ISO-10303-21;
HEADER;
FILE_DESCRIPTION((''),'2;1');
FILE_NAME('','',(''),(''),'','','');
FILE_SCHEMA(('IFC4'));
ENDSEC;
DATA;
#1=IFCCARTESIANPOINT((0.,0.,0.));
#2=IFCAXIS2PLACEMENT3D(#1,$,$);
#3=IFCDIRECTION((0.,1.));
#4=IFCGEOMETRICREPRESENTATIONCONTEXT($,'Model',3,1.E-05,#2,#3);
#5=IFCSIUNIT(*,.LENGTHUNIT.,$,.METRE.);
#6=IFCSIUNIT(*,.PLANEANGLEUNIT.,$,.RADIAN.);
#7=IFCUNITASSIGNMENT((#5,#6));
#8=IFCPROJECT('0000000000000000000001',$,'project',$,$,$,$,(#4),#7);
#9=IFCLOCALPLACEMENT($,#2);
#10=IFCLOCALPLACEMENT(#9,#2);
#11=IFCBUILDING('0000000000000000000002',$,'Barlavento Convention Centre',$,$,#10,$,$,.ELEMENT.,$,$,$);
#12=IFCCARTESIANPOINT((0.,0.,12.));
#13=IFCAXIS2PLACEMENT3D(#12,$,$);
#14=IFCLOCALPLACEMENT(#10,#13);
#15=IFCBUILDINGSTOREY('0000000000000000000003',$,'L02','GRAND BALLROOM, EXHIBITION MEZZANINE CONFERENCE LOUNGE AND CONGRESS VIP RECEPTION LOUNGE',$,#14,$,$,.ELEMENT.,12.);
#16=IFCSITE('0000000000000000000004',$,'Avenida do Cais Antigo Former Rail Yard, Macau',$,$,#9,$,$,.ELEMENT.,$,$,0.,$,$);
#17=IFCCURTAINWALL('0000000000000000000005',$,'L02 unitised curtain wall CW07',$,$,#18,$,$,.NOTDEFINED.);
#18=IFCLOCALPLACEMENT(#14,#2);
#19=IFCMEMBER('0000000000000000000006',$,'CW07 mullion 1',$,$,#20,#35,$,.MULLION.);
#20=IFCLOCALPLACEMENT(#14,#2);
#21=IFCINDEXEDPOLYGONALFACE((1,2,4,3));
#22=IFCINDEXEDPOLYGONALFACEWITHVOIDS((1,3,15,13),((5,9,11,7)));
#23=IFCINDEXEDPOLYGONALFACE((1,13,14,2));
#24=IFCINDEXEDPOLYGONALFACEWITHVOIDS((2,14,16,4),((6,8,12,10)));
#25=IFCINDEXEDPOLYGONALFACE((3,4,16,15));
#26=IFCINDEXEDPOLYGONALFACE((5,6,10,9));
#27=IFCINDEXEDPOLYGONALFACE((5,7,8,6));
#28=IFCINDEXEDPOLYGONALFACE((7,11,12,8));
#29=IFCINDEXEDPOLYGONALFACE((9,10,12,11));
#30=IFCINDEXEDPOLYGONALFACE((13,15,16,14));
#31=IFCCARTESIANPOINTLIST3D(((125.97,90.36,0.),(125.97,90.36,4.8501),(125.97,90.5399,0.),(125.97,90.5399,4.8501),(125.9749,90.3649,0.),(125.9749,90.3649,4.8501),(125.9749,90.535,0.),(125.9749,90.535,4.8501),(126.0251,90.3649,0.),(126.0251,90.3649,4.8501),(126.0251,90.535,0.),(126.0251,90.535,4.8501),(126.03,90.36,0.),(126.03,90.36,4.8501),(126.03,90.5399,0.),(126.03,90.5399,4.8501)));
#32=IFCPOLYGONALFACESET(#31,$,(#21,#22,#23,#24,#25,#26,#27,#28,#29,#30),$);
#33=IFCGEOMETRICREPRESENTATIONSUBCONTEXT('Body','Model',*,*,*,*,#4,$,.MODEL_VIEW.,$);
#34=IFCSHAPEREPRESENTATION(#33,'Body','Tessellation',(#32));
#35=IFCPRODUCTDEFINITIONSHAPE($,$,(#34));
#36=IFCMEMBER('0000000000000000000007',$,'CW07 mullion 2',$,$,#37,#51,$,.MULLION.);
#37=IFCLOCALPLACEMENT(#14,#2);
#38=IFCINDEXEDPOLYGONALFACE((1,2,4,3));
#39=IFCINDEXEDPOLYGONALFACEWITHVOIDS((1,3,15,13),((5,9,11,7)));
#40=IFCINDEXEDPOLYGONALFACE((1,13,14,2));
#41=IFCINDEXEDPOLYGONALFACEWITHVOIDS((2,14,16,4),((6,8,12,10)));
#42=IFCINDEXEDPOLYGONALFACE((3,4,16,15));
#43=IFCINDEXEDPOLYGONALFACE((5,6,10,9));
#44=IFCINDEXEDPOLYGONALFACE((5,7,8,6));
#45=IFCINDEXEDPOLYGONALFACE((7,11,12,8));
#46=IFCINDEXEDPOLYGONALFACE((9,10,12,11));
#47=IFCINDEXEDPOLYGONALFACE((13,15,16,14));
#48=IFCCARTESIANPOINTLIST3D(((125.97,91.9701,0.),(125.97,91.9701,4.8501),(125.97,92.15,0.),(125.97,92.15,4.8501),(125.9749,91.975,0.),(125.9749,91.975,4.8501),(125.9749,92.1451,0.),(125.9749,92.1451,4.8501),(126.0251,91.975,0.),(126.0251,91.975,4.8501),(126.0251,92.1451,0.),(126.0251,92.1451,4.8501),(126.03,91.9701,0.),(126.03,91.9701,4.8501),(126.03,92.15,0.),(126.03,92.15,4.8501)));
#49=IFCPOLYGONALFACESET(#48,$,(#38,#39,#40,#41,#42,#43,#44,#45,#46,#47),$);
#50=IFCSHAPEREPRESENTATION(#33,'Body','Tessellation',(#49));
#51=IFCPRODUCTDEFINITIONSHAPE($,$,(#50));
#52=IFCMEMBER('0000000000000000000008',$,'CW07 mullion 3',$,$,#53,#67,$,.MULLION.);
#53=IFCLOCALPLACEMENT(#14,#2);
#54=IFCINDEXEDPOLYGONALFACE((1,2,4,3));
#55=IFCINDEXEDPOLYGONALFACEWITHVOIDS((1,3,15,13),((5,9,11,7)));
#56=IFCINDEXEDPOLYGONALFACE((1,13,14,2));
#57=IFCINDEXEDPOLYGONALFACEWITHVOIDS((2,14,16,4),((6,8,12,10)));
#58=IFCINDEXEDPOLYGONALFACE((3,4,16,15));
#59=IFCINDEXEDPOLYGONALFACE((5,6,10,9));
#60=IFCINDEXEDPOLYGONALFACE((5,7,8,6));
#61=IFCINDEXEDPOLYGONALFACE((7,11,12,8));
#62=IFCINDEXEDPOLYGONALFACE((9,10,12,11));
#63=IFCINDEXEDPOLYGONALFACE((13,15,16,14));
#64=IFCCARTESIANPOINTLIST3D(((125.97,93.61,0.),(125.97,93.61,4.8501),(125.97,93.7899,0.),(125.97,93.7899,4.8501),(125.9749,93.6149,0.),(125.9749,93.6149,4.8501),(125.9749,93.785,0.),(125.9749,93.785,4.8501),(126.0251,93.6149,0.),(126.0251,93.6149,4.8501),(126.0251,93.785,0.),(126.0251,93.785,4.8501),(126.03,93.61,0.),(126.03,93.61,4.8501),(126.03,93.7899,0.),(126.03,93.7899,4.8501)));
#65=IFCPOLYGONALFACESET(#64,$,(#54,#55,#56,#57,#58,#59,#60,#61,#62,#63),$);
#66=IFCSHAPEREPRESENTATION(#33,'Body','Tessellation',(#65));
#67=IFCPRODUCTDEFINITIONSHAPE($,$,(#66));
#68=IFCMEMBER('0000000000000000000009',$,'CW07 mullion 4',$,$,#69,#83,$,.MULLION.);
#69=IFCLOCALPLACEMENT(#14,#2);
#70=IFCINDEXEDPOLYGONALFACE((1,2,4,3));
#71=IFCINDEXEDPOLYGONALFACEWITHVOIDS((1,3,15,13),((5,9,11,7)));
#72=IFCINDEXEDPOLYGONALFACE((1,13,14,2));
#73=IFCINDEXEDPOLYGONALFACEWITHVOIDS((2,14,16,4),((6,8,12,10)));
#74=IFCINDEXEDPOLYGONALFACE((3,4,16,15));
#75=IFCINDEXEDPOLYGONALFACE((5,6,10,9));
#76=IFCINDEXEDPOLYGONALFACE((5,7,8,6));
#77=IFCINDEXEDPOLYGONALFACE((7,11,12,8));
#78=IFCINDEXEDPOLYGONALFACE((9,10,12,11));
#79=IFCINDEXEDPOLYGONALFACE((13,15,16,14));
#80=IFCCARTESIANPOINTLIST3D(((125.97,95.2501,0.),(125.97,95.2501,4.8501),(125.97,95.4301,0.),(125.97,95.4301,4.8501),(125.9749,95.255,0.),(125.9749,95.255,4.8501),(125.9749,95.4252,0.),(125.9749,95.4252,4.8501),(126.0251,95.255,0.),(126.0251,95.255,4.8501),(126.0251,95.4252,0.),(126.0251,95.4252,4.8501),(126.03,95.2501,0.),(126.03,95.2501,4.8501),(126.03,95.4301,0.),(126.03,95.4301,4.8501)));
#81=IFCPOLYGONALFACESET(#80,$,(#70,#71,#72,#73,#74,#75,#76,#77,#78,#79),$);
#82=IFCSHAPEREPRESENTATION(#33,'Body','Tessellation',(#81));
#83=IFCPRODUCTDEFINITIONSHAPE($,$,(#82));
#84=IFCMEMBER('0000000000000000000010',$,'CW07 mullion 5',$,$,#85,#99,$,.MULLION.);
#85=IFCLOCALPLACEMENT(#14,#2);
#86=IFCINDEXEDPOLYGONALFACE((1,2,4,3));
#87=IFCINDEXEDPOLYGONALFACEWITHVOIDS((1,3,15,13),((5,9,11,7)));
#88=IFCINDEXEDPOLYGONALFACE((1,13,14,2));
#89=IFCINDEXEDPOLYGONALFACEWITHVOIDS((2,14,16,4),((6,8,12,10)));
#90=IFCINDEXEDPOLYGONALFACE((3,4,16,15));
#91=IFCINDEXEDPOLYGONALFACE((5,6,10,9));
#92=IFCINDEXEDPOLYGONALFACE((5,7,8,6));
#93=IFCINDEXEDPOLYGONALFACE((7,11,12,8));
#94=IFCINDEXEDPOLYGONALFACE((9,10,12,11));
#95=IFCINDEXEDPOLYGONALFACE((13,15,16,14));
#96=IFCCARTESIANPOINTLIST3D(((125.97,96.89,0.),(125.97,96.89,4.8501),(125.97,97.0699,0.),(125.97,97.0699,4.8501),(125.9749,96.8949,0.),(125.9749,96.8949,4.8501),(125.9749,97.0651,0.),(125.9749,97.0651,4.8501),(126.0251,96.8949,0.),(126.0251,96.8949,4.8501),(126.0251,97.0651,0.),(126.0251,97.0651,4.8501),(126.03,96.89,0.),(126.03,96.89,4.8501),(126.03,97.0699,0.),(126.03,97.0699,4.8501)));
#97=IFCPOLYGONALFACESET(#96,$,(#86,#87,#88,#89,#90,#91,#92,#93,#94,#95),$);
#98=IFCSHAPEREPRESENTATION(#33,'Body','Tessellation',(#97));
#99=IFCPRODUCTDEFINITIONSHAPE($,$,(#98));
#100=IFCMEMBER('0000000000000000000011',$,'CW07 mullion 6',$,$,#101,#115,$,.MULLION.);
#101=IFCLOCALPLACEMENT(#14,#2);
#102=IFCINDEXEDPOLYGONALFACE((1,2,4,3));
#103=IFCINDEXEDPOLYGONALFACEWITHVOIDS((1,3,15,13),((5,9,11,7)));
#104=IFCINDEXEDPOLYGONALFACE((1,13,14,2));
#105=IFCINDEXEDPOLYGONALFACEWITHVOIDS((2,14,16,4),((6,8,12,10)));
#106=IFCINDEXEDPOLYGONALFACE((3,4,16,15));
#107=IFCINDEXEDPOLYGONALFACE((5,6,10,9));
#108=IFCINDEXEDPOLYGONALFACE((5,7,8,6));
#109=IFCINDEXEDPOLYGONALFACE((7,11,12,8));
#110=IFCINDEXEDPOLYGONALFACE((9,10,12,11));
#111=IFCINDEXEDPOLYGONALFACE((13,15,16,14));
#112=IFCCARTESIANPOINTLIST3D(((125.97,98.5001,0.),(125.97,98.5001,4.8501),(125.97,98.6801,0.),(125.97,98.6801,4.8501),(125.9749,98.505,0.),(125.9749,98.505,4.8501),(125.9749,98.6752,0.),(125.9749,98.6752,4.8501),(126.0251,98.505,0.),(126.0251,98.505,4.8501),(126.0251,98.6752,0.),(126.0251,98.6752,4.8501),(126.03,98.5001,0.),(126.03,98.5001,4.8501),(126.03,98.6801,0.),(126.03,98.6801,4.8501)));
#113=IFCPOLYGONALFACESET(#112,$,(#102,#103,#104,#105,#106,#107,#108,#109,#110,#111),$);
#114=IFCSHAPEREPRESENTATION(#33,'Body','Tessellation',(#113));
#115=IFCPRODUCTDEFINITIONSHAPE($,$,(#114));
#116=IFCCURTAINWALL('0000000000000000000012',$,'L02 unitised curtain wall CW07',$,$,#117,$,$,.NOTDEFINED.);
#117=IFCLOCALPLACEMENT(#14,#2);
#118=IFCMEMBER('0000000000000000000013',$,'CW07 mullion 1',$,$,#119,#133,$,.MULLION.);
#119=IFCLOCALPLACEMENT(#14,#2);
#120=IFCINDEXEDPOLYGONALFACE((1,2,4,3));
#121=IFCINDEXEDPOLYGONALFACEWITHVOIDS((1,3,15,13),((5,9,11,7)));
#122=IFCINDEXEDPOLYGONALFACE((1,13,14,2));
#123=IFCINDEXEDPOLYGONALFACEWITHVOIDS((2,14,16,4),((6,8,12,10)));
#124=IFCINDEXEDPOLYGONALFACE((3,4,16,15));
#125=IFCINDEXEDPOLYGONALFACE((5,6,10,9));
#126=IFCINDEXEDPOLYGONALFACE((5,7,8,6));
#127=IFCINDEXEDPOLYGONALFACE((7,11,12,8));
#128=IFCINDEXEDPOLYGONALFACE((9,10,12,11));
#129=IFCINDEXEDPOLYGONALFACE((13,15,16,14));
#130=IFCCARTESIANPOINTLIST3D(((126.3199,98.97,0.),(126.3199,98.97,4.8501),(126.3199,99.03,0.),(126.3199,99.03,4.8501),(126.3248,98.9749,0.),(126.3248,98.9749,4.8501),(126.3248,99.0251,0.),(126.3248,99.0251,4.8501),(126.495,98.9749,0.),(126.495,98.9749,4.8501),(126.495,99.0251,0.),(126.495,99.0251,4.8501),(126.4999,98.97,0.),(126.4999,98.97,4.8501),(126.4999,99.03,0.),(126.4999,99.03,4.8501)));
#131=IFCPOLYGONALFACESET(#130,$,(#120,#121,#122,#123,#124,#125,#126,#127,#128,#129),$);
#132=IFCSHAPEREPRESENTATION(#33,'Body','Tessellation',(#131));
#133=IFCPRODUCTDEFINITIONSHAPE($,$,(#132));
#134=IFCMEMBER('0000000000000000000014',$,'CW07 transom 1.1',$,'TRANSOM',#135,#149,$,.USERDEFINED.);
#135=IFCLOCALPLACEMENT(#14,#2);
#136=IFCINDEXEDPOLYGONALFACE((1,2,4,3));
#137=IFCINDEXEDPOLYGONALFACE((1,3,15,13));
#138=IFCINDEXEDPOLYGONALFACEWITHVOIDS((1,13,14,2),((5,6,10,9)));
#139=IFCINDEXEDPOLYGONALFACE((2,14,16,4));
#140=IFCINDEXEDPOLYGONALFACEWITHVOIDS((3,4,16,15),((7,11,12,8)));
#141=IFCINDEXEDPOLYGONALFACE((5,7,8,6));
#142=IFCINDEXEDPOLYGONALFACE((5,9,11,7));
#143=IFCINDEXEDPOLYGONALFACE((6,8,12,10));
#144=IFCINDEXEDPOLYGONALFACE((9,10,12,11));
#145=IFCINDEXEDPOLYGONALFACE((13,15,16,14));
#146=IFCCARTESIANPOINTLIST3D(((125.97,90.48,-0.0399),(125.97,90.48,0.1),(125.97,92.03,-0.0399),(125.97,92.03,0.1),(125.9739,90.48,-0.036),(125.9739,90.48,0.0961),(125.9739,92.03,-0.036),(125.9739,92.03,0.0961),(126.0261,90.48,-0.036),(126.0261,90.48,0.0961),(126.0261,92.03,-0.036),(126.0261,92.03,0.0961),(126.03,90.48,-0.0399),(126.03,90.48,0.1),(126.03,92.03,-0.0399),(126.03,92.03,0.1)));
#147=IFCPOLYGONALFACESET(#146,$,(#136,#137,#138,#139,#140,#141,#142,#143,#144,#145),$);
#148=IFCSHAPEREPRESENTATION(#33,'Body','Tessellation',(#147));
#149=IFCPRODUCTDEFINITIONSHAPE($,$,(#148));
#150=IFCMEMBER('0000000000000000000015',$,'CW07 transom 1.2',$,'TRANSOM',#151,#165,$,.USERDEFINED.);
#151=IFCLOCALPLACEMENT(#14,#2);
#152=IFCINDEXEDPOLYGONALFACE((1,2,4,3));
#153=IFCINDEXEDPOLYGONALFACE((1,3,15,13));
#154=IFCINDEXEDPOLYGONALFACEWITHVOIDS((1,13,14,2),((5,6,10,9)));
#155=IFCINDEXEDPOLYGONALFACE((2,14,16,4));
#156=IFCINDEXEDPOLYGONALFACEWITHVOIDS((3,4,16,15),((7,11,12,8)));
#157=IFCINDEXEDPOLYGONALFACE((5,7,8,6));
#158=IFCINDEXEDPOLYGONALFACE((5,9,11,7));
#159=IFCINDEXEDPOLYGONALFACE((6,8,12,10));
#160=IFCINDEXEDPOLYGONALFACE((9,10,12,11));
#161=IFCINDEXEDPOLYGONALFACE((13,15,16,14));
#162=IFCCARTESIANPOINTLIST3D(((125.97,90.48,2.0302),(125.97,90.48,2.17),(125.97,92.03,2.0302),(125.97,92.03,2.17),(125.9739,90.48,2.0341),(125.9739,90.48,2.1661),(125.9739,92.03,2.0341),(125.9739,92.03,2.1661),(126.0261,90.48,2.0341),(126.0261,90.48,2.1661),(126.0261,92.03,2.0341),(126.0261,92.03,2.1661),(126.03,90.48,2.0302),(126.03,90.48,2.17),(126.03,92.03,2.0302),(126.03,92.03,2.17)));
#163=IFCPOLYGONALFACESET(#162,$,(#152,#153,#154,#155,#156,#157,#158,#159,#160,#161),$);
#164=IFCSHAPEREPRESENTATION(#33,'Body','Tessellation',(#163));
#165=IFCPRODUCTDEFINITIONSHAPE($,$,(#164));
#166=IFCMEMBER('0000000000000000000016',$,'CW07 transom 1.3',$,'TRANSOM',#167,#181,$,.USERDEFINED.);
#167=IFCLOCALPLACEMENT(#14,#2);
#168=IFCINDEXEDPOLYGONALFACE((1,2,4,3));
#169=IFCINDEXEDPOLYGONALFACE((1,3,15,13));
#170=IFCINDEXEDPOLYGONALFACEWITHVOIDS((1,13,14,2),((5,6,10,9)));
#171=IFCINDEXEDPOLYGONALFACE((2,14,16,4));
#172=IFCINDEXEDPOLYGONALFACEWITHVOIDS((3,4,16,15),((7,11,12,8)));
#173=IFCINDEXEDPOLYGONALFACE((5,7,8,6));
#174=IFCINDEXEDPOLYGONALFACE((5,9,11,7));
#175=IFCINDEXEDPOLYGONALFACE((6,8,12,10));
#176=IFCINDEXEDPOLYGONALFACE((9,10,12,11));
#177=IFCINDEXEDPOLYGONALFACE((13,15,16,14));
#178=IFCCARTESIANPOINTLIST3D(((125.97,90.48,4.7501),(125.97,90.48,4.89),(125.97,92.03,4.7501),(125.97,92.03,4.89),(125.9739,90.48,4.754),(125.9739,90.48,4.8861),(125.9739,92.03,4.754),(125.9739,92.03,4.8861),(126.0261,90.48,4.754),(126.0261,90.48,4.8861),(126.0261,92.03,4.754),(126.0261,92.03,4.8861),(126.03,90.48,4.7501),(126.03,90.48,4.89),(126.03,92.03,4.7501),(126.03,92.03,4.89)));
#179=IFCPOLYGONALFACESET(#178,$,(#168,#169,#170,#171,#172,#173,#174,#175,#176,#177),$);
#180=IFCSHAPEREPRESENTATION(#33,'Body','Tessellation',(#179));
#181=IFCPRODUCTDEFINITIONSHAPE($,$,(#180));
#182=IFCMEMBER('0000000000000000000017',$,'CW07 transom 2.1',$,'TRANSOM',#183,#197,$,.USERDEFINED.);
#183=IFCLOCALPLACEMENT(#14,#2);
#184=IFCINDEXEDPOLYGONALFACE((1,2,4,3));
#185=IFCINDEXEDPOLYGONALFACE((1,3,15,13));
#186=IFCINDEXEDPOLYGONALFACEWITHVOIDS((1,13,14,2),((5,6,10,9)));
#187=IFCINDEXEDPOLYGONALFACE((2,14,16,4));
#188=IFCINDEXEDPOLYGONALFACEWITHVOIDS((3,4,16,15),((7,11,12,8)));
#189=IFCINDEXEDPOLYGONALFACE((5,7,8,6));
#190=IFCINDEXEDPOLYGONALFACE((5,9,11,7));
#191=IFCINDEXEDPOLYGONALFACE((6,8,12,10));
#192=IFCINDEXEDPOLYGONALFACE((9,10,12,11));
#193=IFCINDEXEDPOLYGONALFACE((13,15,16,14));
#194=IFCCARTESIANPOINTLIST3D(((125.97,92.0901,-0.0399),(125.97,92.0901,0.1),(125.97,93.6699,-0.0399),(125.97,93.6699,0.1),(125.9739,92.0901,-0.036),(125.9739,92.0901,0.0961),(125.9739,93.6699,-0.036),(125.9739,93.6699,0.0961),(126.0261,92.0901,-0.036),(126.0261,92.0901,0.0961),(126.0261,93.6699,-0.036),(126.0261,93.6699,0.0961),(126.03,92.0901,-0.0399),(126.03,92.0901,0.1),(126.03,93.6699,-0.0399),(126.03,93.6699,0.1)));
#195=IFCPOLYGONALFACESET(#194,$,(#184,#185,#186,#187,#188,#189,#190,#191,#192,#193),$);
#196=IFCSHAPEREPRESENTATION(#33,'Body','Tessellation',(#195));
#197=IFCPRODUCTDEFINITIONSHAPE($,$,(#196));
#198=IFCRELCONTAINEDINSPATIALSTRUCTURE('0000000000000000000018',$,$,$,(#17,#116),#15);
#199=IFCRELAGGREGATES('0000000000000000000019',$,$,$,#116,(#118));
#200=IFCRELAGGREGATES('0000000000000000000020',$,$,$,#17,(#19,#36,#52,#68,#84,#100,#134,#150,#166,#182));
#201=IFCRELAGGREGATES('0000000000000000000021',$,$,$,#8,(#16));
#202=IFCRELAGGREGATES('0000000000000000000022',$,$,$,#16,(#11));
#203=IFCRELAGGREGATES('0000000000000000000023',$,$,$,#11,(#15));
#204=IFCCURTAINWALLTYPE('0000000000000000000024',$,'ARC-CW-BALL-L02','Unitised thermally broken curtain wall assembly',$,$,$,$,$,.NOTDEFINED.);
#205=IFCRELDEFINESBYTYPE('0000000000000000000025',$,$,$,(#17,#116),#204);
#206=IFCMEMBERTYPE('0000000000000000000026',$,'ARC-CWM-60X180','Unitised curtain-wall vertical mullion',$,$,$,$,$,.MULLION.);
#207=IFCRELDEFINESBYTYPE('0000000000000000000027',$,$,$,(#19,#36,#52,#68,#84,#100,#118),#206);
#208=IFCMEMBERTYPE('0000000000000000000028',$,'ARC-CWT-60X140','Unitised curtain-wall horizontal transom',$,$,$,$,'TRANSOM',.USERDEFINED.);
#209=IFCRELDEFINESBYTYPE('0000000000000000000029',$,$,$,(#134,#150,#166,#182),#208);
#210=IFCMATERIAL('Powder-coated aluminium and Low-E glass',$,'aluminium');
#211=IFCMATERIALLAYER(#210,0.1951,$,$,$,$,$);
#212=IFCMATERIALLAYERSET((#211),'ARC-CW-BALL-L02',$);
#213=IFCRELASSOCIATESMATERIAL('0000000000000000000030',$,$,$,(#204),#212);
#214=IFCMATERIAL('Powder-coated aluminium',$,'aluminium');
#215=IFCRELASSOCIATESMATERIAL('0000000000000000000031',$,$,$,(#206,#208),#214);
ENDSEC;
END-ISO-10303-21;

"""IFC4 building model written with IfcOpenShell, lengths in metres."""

from ifc_helpers import new_model, si_unit, direction, frame, origin, origin_2d, place, context, subcontext, project, spatial, hollow_rectangle, extrude, material, layer, layer_set, material_profile, profile_set, type_object, element, aggregate, save


model = new_model("IFC4")

# Units and contexts
model_context = context("Model", 3, precision=1e-05, world=origin(), true_north=direction((0.0, 1.0)))
body_context = subcontext(model_context, "Body", "Model", "MODEL_VIEW")
ifc_project = project(units=[si_unit("LENGTHUNIT", "METRE"), si_unit("PLANEANGLEUNIT", "RADIAN")], contexts=[model_context])

# Site, building, storey
site_placement = place(None, origin())
site = spatial("IfcSite", under=ifc_project, at=site_placement, Name="Avenida do Cais Antigo Former Rail Yard, Macau", CompositionType="ELEMENT", RefElevation=0.0)
building_placement = place(site_placement, origin())
building = spatial("IfcBuilding", under=site, at=building_placement, Name="Barlavento Convention Centre", CompositionType="ELEMENT")
storey_placement = place(building_placement, frame((0.0, 0.0, 12.0)))
storey = spatial("IfcBuildingStorey", under=building, at=storey_placement, Name="L02", Description="GRAND BALLROOM, EXHIBITION MEZZANINE CONFERENCE LOUNGE AND CONGRESS VIP RECEPTION LOUNGE", CompositionType="ELEMENT", Elevation=12.0)

# Curtain wall, members
ifc_material_1 = material(Name="Powder-coated aluminium and Low-E glass", Category="aluminium")
ifc_layer_1 = layer(ifc_material_1, 0.1951)
ifc_layer_set_1 = layer_set([ifc_layer_1], Name="ARC-CW-BALL-L02")
curtain_wall_type = type_object("IfcCurtainWallType", Name="ARC-CW-BALL-L02", Description="Unitised thermally broken curtain wall assembly", PredefinedType="NOTDEFINED", material=ifc_layer_set_1)
curtain_wall_1_placement = place(storey_placement, origin())
curtain_wall_1 = element("IfcCurtainWall", 1, at=curtain_wall_1_placement, inside=storey, type_object=curtain_wall_type, Name="L02 unitised curtain wall CW07", PredefinedType="NOTDEFINED")
ifc_material_2 = material(Name="Powder-coated aluminium", Category="aluminium")
ifc_material_profile_1 = material_profile(ifc_material_2, hollow_rectangle(XDim=0.0601, YDim=0.1799, WallThickness=0.0049, at=origin_2d()), Name="AL-MULL 60x180x5")
ifc_profile_set_1 = profile_set([ifc_material_profile_1], Name="Powder-coated aluminium")
member_type_1 = type_object("IfcMemberType", Name="ARC-CWM-60X180", Description="Unitised curtain-wall vertical mullion", PredefinedType="MULLION", material=ifc_profile_set_1)
member_1_placement = place(storey_placement, frame((126.0, 90.45, 0.0), z_axis=(0.0, 0.0, 1.0), x_axis=(-1.0, 0.0, 0.0)))
member_1 = element("IfcMember", 2, at=member_1_placement, type_object=member_type_1, Name="CW07 mullion 1", PredefinedType="MULLION", context=body_context, shape_type="SweptSolid", body=[
    extrude(hollow_rectangle(XDim=0.0601, YDim=0.1799, WallThickness=0.0049, at=origin_2d()), origin(), (0.0, 0.0, 1.0), 4.8501),
])
member_2_placement = place(storey_placement, frame((126.0, 92.0601, 0.0), z_axis=(0.0, 0.0, 1.0), x_axis=(-1.0, 0.0, 0.0)))
member_2 = element("IfcMember", 3, at=member_2_placement, type_object=member_type_1, Name="CW07 mullion 2", PredefinedType="MULLION", context=body_context, shape_type="SweptSolid", body=[
    extrude(hollow_rectangle(XDim=0.0601, YDim=0.1799, WallThickness=0.0049, at=origin_2d()), origin(), (0.0, 0.0, 1.0), 4.8501),
])
member_3_placement = place(storey_placement, frame((126.0, 93.7, 0.0), z_axis=(0.0, 0.0, 1.0), x_axis=(-1.0, 0.0, 0.0)))
member_3 = element("IfcMember", 4, at=member_3_placement, type_object=member_type_1, Name="CW07 mullion 3", PredefinedType="MULLION", context=body_context, shape_type="SweptSolid", body=[
    extrude(hollow_rectangle(XDim=0.0601, YDim=0.1799, WallThickness=0.0049, at=origin_2d()), origin(), (0.0, 0.0, 1.0), 4.8501),
])
member_4_placement = place(storey_placement, frame((126.0, 95.3401, 0.0), z_axis=(0.0, 0.0, 1.0), x_axis=(-1.0, 0.0, 0.0)))
member_4 = element("IfcMember", 5, at=member_4_placement, type_object=member_type_1, Name="CW07 mullion 4", PredefinedType="MULLION", context=body_context, shape_type="SweptSolid", body=[
    extrude(hollow_rectangle(XDim=0.0601, YDim=0.1799, WallThickness=0.0049, at=origin_2d()), origin(), (0.0, 0.0, 1.0), 4.8501),
])
member_5_placement = place(storey_placement, frame((126.0, 96.98, 0.0), z_axis=(0.0, 0.0, 1.0), x_axis=(-1.0, 0.0, 0.0)))
member_5 = element("IfcMember", 6, at=member_5_placement, type_object=member_type_1, Name="CW07 mullion 5", PredefinedType="MULLION", context=body_context, shape_type="SweptSolid", body=[
    extrude(hollow_rectangle(XDim=0.0601, YDim=0.1799, WallThickness=0.0049, at=origin_2d()), origin(), (0.0, 0.0, 1.0), 4.8501),
])
member_6_placement = place(storey_placement, frame((126.0, 98.5901, 0.0), z_axis=(0.0, 0.0, 1.0), x_axis=(-1.0, 0.0, 0.0)))
member_6 = element("IfcMember", 7, at=member_6_placement, type_object=member_type_1, Name="CW07 mullion 6", PredefinedType="MULLION", context=body_context, shape_type="SweptSolid", body=[
    extrude(hollow_rectangle(XDim=0.0601, YDim=0.1799, WallThickness=0.0049, at=origin_2d()), origin(), (0.0, 0.0, 1.0), 4.8501),
])

# Curtain wall, member
curtain_wall_2_placement = place(storey_placement, origin())
curtain_wall_2 = element("IfcCurtainWall", 8, at=curtain_wall_2_placement, inside=storey, type_object=curtain_wall_type, Name="L02 unitised curtain wall CW07", PredefinedType="NOTDEFINED")
member_7_placement = place(storey_placement, frame((126.4099, 99.0, 0.0), z_axis=(0.0, 0.0, 1.0), x_axis=(0.0, 1.0, 0.0)))
member_7 = element("IfcMember", 9, at=member_7_placement, type_object=member_type_1, Name="CW07 mullion 1", PredefinedType="MULLION", context=body_context, shape_type="SweptSolid", body=[
    extrude(hollow_rectangle(XDim=0.0601, YDim=0.1799, WallThickness=0.0049, at=origin_2d()), origin(), (0.0, 0.0, 1.0), 4.8501),
])

# Members
ifc_material_profile_2 = material_profile(ifc_material_2, hollow_rectangle(XDim=0.0601, YDim=0.1399, WallThickness=0.0039, at=origin_2d()), Name="AL-TRAN 60x140x4")
ifc_profile_set_2 = profile_set([ifc_material_profile_2], Name="Powder-coated aluminium")
member_type_2 = type_object("IfcMemberType", Name="ARC-CWT-60X140", Description="Unitised curtain-wall horizontal transom", ElementType="TRANSOM", PredefinedType="USERDEFINED", material=ifc_profile_set_2)
member_8_placement = place(storey_placement, frame((126.0, 90.48, 0.03), z_axis=(0.0, 1.0, 0.0), x_axis=(-1.0, 0.0, 0.0)))
member_8 = element("IfcMember", 10, at=member_8_placement, type_object=member_type_2, Name="CW07 transom 1.1", ObjectType="TRANSOM", PredefinedType="USERDEFINED", context=body_context, shape_type="SweptSolid", body=[
    extrude(hollow_rectangle(XDim=0.0601, YDim=0.1399, WallThickness=0.0039, at=origin_2d()), origin(), (0.0, 0.0, 1.0), 1.55),
])
member_9_placement = place(storey_placement, frame((126.0, 90.48, 2.1001), z_axis=(0.0, 1.0, 0.0), x_axis=(-1.0, 0.0, 0.0)))
member_9 = element("IfcMember", 11, at=member_9_placement, type_object=member_type_2, Name="CW07 transom 1.2", ObjectType="TRANSOM", PredefinedType="USERDEFINED", context=body_context, shape_type="SweptSolid", body=[
    extrude(hollow_rectangle(XDim=0.0601, YDim=0.1399, WallThickness=0.0039, at=origin_2d()), origin(), (0.0, 0.0, 1.0), 1.55),
])
member_10_placement = place(storey_placement, frame((126.0, 90.48, 4.8201), z_axis=(0.0, 1.0, 0.0), x_axis=(-1.0, 0.0, 0.0)))
member_10 = element("IfcMember", 12, at=member_10_placement, type_object=member_type_2, Name="CW07 transom 1.3", ObjectType="TRANSOM", PredefinedType="USERDEFINED", context=body_context, shape_type="SweptSolid", body=[
    extrude(hollow_rectangle(XDim=0.0601, YDim=0.1399, WallThickness=0.0039, at=origin_2d()), origin(), (0.0, 0.0, 1.0), 1.55),
])
member_11_placement = place(storey_placement, frame((126.0, 92.0901, 0.03), z_axis=(0.0, 1.0, 0.0), x_axis=(-1.0, 0.0, 0.0)))
member_11 = element("IfcMember", 13, at=member_11_placement, type_object=member_type_2, Name="CW07 transom 2.1", ObjectType="TRANSOM", PredefinedType="USERDEFINED", context=body_context, shape_type="SweptSolid", body=[
    extrude(hollow_rectangle(XDim=0.0601, YDim=0.1399, WallThickness=0.0039, at=origin_2d()), origin(), (0.0, 0.0, 1.0), 1.5798),
])

aggregate(curtain_wall_2, [member_7])
aggregate(curtain_wall_1, [member_1, member_2, member_3, member_4, member_5, member_6, member_8, member_9, member_10, member_11])

save(model, "model.ifc")
